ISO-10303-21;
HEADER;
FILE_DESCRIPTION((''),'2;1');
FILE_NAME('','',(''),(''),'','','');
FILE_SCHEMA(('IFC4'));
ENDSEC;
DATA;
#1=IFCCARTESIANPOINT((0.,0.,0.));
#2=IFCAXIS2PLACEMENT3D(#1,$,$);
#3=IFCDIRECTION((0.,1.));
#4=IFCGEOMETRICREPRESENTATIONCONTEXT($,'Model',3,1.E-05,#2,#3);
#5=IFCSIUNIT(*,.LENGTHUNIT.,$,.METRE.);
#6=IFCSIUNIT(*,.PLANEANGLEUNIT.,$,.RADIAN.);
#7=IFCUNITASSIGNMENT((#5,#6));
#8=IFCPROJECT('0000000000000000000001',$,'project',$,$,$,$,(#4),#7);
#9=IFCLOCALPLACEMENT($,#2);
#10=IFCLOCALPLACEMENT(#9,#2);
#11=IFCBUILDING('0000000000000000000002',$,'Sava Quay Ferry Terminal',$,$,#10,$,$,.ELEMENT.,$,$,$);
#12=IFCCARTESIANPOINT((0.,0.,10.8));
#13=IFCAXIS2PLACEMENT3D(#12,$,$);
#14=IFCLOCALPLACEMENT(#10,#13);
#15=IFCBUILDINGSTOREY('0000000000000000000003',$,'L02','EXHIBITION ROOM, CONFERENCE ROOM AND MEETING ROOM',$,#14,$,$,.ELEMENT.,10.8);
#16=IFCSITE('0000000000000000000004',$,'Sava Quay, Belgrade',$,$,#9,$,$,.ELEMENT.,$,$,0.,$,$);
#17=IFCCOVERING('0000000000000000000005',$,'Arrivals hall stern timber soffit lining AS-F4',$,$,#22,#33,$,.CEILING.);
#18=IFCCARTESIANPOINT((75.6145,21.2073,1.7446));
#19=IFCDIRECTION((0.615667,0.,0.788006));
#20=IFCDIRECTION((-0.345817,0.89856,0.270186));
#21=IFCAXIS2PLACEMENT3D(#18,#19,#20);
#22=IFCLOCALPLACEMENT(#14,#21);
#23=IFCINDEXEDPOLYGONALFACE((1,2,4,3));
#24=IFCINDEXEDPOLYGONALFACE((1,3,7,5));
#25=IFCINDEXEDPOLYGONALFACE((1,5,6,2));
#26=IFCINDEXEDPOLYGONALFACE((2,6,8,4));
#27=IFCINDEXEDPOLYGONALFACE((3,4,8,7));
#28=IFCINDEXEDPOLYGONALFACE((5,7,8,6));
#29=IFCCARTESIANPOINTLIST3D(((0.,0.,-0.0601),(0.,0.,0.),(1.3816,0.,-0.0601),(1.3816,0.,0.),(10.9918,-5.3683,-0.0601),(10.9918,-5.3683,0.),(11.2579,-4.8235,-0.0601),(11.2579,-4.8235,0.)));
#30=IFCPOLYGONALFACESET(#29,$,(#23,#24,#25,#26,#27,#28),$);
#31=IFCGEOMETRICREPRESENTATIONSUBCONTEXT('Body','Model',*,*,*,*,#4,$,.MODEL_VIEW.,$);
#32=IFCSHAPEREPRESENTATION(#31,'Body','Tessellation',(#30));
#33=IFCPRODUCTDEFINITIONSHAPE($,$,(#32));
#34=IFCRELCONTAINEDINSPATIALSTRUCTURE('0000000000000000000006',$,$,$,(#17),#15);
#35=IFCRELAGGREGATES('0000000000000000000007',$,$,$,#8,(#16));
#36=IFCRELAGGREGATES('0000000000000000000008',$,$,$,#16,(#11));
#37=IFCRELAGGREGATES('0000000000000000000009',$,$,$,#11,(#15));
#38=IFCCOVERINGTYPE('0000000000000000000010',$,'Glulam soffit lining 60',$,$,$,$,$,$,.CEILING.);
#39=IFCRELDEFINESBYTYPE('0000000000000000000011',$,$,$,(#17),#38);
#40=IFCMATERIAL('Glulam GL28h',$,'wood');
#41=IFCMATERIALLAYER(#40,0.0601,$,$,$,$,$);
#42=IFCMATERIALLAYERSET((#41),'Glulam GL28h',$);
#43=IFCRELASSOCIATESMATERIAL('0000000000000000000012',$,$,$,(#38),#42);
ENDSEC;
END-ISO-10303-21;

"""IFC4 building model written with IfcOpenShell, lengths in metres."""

from ifc_helpers import new_model, si_unit, direction, frame, origin, place, context, subcontext, project, spatial, polyline, outline, extrude, material, layer, layer_set, type_object, element, save


model = new_model("IFC4")

# Units and contexts
model_context = context("Model", 3, precision=1e-05, world=origin(), true_north=direction((0.0, 1.0)))
body_context = subcontext(model_context, "Body", "Model", "MODEL_VIEW")
ifc_project = project(units=[si_unit("LENGTHUNIT", "METRE"), si_unit("PLANEANGLEUNIT", "RADIAN")], contexts=[model_context])

# Site, building, storey
site_placement = place(None, origin())
site = spatial("IfcSite", under=ifc_project, at=site_placement, Name="Sava Quay, Belgrade", CompositionType="ELEMENT", RefElevation=0.0)
building_placement = place(site_placement, origin())
building = spatial("IfcBuilding", under=site, at=building_placement, Name="Sava Quay Ferry Terminal", CompositionType="ELEMENT")
storey_placement = place(building_placement, frame((0.0, 0.0, 10.8)))
storey = spatial("IfcBuildingStorey", under=building, at=storey_placement, Name="L02", Description="EXHIBITION ROOM, CONFERENCE ROOM AND MEETING ROOM", CompositionType="ELEMENT", Elevation=10.8)

# Covering
ifc_material_1 = material(Name="Glulam GL28h", Category="wood")
ifc_layer_1 = layer(ifc_material_1, 0.0601)
ifc_layer_set_1 = layer_set([ifc_layer_1], Name="Glulam GL28h")
covering_type_1 = type_object("IfcCoveringType", Name="Glulam soffit lining 60", PredefinedType="CEILING", material=ifc_layer_set_1)
covering_1_placement = place(storey_placement, frame((75.6145, 21.2073, 1.7446), z_axis=(0.615667, 0.0, 0.788006), x_axis=(-0.345817, 0.89856, 0.270186)))
element("IfcCovering", 1, at=covering_1_placement, inside=storey, type_object=covering_type_1, Name="Arrivals hall stern timber soffit lining AS-F4", PredefinedType="CEILING", context=body_context, shape_type="SweptSolid", body=[
    extrude(outline(polyline([(0.0, 0.0), (1.3816, 0.0), (11.2579, -4.8235), (10.9918, -5.3683), (0.0, 0.0)])), origin(), (0.0, 0.0, -1.0), 0.0601),
])

save(model, "model.ifc")
